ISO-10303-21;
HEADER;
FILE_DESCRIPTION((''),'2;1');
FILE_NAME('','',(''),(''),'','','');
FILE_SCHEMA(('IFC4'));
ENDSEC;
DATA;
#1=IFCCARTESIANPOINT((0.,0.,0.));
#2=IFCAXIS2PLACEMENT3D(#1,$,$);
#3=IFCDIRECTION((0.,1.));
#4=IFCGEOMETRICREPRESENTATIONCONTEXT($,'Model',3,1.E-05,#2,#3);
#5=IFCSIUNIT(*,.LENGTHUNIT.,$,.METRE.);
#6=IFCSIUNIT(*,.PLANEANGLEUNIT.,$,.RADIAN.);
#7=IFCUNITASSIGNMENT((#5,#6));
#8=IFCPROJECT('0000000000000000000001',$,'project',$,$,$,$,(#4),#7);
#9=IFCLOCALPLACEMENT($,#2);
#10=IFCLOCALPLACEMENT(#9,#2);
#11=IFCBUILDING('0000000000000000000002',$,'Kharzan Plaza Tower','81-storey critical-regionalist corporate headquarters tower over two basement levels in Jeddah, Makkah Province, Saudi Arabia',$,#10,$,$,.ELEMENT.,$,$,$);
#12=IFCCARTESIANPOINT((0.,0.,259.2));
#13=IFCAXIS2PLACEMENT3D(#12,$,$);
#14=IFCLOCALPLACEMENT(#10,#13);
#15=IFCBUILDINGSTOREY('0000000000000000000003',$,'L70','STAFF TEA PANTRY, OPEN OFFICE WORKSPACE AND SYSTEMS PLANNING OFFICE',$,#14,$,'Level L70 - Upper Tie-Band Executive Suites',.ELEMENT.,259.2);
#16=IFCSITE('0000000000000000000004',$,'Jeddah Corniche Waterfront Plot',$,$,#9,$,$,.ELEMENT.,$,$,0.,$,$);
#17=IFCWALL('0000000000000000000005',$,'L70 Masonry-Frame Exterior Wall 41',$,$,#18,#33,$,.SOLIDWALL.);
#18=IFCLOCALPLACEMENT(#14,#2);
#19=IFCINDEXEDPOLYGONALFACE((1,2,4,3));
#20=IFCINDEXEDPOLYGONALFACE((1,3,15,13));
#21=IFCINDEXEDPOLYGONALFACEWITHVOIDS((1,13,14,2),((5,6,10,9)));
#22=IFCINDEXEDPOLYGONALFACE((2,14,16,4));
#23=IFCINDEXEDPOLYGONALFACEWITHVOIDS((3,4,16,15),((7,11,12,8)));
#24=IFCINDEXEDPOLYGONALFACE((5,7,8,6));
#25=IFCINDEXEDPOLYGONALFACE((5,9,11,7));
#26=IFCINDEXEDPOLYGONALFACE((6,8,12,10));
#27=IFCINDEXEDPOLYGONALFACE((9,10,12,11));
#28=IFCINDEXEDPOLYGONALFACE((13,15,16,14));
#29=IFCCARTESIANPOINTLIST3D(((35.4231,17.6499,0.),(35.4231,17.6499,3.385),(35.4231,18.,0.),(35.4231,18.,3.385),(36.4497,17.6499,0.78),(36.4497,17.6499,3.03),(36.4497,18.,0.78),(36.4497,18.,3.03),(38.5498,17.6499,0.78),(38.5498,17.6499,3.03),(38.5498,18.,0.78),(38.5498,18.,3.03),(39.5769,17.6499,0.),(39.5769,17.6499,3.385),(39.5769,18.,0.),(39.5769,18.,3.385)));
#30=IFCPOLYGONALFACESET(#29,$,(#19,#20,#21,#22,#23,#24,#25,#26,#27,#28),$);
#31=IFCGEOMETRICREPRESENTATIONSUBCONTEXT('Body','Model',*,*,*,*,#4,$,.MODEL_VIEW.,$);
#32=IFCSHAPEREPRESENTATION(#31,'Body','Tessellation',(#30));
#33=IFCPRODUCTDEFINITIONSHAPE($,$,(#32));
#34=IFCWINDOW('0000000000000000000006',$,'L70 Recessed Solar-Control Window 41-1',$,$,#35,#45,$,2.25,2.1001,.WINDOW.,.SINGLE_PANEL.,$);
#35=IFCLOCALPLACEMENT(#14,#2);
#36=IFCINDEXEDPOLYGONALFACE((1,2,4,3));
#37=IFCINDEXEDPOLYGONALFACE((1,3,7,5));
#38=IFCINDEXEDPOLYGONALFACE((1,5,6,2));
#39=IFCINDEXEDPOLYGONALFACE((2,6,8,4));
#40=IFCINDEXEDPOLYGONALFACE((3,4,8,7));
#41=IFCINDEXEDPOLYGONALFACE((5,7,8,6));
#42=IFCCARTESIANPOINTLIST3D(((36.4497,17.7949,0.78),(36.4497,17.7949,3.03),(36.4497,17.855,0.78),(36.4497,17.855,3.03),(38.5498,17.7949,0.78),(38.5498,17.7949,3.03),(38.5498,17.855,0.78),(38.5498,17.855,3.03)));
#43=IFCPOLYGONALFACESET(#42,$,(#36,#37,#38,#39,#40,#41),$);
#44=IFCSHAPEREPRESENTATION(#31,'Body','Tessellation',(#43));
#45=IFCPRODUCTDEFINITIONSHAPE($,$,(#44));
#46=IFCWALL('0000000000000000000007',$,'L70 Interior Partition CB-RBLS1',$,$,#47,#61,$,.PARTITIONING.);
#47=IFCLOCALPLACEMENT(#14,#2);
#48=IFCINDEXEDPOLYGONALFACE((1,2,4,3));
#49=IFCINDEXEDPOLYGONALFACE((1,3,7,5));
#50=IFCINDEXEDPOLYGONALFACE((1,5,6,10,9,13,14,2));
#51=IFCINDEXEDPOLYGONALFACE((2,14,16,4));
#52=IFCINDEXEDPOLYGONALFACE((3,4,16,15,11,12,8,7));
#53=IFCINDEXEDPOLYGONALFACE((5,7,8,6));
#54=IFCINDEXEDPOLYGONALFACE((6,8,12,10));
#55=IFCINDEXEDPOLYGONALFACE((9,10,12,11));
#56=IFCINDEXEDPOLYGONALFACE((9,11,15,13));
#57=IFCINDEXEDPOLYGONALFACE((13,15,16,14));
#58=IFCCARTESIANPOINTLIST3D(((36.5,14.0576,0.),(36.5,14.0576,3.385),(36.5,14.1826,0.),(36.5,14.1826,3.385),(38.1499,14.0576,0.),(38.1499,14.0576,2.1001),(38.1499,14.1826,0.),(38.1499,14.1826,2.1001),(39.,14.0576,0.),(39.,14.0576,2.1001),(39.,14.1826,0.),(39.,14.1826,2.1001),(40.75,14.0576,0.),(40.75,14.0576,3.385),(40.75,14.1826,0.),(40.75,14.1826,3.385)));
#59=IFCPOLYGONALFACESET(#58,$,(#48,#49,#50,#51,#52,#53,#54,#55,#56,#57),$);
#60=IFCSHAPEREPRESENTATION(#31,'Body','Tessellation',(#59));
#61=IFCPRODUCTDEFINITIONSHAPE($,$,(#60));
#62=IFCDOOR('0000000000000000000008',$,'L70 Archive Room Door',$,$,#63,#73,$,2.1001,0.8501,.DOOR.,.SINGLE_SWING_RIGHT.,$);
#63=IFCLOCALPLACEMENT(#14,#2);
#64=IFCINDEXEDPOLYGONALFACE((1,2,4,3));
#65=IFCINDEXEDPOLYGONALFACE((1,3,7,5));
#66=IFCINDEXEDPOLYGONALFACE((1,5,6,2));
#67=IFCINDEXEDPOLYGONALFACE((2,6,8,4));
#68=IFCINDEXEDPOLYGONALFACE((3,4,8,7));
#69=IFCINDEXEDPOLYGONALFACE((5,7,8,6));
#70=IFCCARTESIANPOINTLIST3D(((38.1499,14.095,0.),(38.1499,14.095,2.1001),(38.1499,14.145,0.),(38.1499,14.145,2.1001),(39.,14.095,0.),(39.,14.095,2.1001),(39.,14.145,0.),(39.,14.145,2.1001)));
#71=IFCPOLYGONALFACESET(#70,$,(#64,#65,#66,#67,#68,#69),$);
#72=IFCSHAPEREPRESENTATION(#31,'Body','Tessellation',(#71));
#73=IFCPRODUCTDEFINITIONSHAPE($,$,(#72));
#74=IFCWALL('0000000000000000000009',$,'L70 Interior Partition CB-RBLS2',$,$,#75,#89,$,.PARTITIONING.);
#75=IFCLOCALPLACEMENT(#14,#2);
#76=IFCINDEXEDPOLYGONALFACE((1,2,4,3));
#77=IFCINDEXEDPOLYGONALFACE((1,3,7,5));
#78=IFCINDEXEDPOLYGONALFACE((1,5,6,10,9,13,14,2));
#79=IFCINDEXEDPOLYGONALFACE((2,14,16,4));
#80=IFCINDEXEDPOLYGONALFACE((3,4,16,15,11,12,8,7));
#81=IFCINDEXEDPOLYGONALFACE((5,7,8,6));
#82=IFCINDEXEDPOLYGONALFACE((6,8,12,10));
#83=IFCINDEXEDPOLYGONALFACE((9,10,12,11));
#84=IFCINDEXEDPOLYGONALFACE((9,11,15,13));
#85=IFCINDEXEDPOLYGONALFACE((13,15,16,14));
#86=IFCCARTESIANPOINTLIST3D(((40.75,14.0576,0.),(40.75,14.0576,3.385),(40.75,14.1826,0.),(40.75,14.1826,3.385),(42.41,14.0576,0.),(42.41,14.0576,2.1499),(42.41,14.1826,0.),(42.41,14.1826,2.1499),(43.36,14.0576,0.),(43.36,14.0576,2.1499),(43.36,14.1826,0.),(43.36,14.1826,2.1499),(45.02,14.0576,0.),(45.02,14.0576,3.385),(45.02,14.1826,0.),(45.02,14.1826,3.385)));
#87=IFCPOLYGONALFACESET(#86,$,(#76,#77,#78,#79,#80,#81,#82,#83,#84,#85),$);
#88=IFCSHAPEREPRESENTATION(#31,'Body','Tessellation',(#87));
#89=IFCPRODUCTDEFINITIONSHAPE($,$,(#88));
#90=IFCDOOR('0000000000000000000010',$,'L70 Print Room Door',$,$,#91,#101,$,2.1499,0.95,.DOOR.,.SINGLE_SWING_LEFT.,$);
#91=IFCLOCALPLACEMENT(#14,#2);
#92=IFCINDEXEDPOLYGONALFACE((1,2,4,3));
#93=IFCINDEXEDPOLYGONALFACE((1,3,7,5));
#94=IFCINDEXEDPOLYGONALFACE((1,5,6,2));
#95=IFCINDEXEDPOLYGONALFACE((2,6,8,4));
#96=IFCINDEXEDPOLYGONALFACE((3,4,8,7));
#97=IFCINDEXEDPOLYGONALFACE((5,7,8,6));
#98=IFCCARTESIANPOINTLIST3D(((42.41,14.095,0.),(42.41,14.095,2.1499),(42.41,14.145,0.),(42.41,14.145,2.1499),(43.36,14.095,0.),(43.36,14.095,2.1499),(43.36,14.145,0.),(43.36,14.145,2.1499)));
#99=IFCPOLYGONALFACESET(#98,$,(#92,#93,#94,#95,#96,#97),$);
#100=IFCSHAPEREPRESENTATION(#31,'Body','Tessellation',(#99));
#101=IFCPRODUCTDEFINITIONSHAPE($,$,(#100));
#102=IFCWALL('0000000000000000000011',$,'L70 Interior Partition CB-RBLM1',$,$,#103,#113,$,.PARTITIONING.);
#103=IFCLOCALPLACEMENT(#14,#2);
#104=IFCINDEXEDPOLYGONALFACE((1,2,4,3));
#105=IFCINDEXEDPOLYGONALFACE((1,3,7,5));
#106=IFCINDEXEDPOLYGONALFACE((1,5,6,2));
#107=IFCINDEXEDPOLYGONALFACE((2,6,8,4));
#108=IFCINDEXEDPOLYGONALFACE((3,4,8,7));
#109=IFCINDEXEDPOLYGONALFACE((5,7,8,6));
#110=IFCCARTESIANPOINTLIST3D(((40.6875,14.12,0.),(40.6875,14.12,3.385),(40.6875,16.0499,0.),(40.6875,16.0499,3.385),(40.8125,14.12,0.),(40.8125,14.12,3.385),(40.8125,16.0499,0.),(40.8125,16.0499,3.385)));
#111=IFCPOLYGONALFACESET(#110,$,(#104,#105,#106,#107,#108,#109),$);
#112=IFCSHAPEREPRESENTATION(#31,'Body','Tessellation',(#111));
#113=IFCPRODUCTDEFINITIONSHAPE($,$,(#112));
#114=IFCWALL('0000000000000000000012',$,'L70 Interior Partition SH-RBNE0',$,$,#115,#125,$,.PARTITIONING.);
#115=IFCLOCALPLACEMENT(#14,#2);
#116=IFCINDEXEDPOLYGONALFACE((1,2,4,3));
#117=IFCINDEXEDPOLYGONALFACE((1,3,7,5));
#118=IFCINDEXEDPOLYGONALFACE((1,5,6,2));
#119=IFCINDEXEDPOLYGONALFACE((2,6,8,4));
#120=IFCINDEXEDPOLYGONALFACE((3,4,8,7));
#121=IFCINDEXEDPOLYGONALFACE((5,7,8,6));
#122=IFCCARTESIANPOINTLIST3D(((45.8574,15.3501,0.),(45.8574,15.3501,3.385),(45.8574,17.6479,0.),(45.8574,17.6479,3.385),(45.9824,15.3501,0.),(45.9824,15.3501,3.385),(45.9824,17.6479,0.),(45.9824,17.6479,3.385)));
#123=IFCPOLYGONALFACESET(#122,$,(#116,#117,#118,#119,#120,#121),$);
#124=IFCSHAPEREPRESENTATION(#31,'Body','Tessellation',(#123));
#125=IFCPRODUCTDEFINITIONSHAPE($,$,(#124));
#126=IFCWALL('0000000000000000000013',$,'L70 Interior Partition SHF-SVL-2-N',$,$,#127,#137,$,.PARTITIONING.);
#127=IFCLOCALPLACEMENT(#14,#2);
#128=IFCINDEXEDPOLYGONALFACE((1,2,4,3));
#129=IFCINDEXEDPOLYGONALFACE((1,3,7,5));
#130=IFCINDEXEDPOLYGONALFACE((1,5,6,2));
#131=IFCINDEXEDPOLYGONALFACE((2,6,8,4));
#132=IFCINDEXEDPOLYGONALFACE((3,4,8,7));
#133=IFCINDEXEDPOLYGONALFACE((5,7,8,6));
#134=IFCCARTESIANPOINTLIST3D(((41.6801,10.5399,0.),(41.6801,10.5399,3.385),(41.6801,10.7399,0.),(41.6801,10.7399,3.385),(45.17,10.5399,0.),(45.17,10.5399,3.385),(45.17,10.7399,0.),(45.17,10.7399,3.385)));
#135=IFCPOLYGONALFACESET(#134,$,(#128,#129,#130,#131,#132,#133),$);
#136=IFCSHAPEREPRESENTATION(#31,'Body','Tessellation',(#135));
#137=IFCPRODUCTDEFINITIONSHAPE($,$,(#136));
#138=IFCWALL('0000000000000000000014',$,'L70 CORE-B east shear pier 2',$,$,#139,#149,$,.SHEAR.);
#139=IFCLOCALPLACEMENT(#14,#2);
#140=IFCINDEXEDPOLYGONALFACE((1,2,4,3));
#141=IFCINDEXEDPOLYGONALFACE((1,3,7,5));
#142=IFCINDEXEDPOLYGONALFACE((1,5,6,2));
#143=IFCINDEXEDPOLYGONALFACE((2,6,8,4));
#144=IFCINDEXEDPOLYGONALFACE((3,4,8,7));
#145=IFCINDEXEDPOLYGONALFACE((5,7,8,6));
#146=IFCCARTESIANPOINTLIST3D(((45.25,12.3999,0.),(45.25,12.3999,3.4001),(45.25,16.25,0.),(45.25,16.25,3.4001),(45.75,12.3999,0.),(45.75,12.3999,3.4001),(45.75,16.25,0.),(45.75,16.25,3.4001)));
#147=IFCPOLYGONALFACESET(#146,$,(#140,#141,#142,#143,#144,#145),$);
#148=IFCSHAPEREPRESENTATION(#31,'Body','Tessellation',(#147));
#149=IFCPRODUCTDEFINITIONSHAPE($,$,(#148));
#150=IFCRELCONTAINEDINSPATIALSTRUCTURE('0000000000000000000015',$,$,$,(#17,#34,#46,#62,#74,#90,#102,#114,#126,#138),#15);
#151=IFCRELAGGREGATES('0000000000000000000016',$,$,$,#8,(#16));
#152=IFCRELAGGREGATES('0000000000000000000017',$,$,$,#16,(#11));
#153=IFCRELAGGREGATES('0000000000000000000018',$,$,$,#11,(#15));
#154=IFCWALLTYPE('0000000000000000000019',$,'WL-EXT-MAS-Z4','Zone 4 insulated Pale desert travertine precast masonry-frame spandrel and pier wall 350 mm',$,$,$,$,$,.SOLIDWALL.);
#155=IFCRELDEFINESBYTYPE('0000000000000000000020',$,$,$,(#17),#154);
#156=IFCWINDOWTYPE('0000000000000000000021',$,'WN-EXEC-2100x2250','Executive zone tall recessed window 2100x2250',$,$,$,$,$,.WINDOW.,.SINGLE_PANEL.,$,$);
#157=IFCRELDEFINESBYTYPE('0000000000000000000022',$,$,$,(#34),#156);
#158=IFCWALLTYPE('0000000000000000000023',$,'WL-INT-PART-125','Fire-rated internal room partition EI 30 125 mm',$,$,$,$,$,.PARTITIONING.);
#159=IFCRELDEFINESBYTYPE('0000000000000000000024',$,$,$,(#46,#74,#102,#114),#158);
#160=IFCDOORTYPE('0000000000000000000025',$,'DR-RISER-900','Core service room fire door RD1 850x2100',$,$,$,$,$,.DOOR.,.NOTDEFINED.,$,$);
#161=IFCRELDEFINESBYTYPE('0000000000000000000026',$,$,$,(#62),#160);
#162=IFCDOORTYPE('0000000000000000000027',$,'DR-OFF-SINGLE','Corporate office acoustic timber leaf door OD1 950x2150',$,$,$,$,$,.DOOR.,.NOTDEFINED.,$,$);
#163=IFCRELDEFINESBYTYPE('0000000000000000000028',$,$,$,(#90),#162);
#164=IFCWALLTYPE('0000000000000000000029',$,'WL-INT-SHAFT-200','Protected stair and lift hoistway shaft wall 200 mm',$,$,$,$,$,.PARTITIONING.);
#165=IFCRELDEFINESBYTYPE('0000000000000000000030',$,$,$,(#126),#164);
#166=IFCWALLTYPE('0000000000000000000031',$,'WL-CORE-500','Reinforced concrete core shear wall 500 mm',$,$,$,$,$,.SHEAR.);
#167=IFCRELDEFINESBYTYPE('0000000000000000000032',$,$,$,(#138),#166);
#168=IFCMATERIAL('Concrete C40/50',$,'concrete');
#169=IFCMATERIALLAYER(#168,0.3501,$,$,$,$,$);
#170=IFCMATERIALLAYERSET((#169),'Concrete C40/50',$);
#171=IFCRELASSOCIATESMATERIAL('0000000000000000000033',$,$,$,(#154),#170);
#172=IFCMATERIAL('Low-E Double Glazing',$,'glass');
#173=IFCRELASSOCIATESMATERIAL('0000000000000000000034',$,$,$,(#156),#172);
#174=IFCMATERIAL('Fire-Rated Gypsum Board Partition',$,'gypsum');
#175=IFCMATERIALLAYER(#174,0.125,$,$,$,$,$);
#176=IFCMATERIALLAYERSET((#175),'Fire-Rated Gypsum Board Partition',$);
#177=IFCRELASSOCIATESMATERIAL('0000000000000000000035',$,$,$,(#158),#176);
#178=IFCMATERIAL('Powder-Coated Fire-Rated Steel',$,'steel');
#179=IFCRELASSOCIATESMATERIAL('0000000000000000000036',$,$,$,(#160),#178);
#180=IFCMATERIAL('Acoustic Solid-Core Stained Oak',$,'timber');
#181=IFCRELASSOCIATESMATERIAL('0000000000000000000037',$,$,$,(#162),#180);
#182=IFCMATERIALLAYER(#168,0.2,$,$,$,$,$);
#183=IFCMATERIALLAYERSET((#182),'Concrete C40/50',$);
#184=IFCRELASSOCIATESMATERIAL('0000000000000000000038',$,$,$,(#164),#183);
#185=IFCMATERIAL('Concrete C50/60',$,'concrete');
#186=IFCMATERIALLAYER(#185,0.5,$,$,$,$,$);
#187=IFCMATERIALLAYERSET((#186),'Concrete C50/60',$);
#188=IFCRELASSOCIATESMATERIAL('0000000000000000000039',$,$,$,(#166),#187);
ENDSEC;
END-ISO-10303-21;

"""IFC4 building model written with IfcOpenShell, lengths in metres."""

from ifc_helpers import new_model, si_unit, direction, frame, frame_2d, origin, place, context, subcontext, project, spatial, rectangle, extrude, source, transform, mapped, material, layer, layer_set, type_object, element, fill, save


model = new_model("IFC4")

# Units and contexts
model_context = context("Model", 3, precision=1e-05, world=origin(), true_north=direction((0.0, 1.0)))
body_context = subcontext(model_context, "Body", "Model", "MODEL_VIEW")
ifc_project = project(units=[si_unit("LENGTHUNIT", "METRE"), si_unit("PLANEANGLEUNIT", "RADIAN")], contexts=[model_context])

# Site, building, storey
site_placement = place(None, origin())
site = spatial("IfcSite", under=ifc_project, at=site_placement, Name="Jeddah Corniche Waterfront Plot", CompositionType="ELEMENT", RefElevation=0.0)
building_placement = place(site_placement, origin())
building = spatial("IfcBuilding", under=site, at=building_placement, Name="Kharzan Plaza Tower", Description="81-storey critical-regionalist corporate headquarters tower over two basement levels in Jeddah, Makkah Province, Saudi Arabia", CompositionType="ELEMENT")
storey_placement = place(building_placement, frame((0.0, 0.0, 259.2)))
storey = spatial("IfcBuildingStorey", under=building, at=storey_placement, Name="L70", Description="STAFF TEA PANTRY, OPEN OFFICE WORKSPACE AND SYSTEMS PLANNING OFFICE", LongName="Level L70 - Upper Tie-Band Executive Suites", CompositionType="ELEMENT", Elevation=259.2)

# Shared definitions
ifc_material_1 = material(Name="Concrete C50/60", Category="concrete")

# Wall, opening, window
ifc_material_2 = material(Name="Concrete C40/50", Category="concrete")
ifc_layer_1 = layer(ifc_material_2, 0.3501)
ifc_layer_set_1 = layer_set([ifc_layer_1], Name="Concrete C40/50")
wall_type_1 = type_object("IfcWallType", Name="WL-EXT-MAS-Z4", Description="Zone 4 insulated Pale desert travertine precast masonry-frame spandrel and pier wall 350 mm", PredefinedType="SOLIDWALL", material=ifc_layer_set_1)
ifc_material_3 = material(Name="Low-E Double Glazing", Category="glass")
window_type_1 = type_object("IfcWindowType", Name="WN-EXEC-2100x2250", Description="Executive zone tall recessed window 2100x2250", PartitioningType="SINGLE_PANEL", PredefinedType="WINDOW", material=ifc_material_3)
shared_shape_1 = source(origin(), body_context, "Body", "SweptSolid", [
    extrude(rectangle(XDim=2.1001, YDim=2.25, at=frame_2d((1.05, 1.125))), frame((0.0, 0.03, 0.0), z_axis=(0.0, -1.0, 0.0), x_axis=(1.0, 0.0, 0.0)), (0.0, 0.0, 1.0), 0.0601),
])
wall_1_placement = place(storey_placement, frame((39.5769, 17.825, 0.0), z_axis=(0.0, 0.0, 1.0), x_axis=(-1.0, 0.0, 0.0)))
wall_1 = element("IfcWall", 1, at=wall_1_placement, inside=storey, type_object=wall_type_1, Name="L70 Masonry-Frame Exterior Wall 41", PredefinedType="SOLIDWALL", context=body_context, shape_type="SweptSolid", body=[
    extrude(rectangle(XDim=4.1538, YDim=0.3501, at=frame_2d((2.0769, 0.0))), origin(), (0.0, 0.0, 1.0), 3.385),
])
opening_1_placement = place(wall_1_placement, frame((1.0271, 0.0, 0.78)))
opening_1 = element("IfcOpeningElement", 2, at=opening_1_placement, cuts=wall_1, PredefinedType="OPENING", context=body_context, shape_type="SweptSolid", body=[
    extrude(rectangle(XDim=2.1001, YDim=2.25, at=frame_2d((1.05, 1.125))), frame((0.0, 0.1851, 0.0), z_axis=(0.0, -1.0, 0.0), x_axis=(1.0, 0.0, 0.0)), (0.0, 0.0, 1.0), 0.3701),
])
window_1_placement = place(opening_1_placement, origin())
window_1 = element("IfcWindow", 3, at=window_1_placement, inside=storey, type_object=window_type_1, Name="L70 Recessed Solar-Control Window 41-1", OverallHeight=2.25, OverallWidth=2.1001, PartitioningType="SINGLE_PANEL", PredefinedType="WINDOW", context=body_context, shape_type="MappedRepresentation", body=[
    mapped(shared_shape_1, transform((0.0, 0.0, 0.0), x_axis=(1.0, 0.0, 0.0), y_axis=(0.0, 1.0, 0.0), z_axis=(0.0, 0.0, 1.0))),
])
fill(opening_1, window_1)

# Walls, openings, doors
ifc_material_4 = material(Name="Fire-Rated Gypsum Board Partition", Category="gypsum")
ifc_layer_2 = layer(ifc_material_4, 0.125)
ifc_layer_set_2 = layer_set([ifc_layer_2], Name="Fire-Rated Gypsum Board Partition")
wall_type_2 = type_object("IfcWallType", Name="WL-INT-PART-125", Description="Fire-rated internal room partition EI 30 125 mm", PredefinedType="PARTITIONING", material=ifc_layer_set_2)
wall_2_placement = place(storey_placement, frame((36.5, 14.1201, 0.0), z_axis=(0.0, 0.0, 1.0), x_axis=(1.0, 0.0, 0.0)))
wall_2 = element("IfcWall", 4, at=wall_2_placement, inside=storey, type_object=wall_type_2, Name="L70 Interior Partition CB-RBLS1", PredefinedType="PARTITIONING", context=body_context, shape_type="SweptSolid", body=[
    extrude(rectangle(XDim=4.25, YDim=0.125, at=frame_2d((2.125, 0.0))), origin(), (0.0, 0.0, 1.0), 3.385),
])
opening_2_placement = place(wall_2_placement, frame((1.6499, 0.0, 0.0)))
opening_2 = element("IfcOpeningElement", 5, at=opening_2_placement, cuts=wall_2, PredefinedType="OPENING", context=body_context, shape_type="SweptSolid", body=[
    extrude(rectangle(XDim=0.8501, YDim=2.1001, at=frame_2d((0.425, 1.05))), frame((0.0, 0.0725, 0.0), z_axis=(0.0, -1.0, 0.0), x_axis=(1.0, 0.0, 0.0)), (0.0, 0.0, 1.0), 0.145),
])
ifc_material_5 = material(Name="Powder-Coated Fire-Rated Steel", Category="steel")
door_type_1 = type_object("IfcDoorType", Name="DR-RISER-900", Description="Core service room fire door RD1 850x2100", OperationType="NOTDEFINED", PredefinedType="DOOR", material=ifc_material_5)
shared_shape_2 = source(origin(), body_context, "Body", "SweptSolid", [
    extrude(rectangle(XDim=0.8501, YDim=2.1001, at=frame_2d((0.425, 1.05))), frame((0.0, 0.0249, 0.0), z_axis=(0.0, -1.0, 0.0), x_axis=(1.0, 0.0, 0.0)), (0.0, 0.0, 1.0), 0.05),
])
door_1_placement = place(opening_2_placement, origin())
door_1 = element("IfcDoor", 6, at=door_1_placement, inside=storey, type_object=door_type_1, Name="L70 Archive Room Door", OperationType="SINGLE_SWING_RIGHT", OverallHeight=2.1001, OverallWidth=0.8501, PredefinedType="DOOR", context=body_context, shape_type="MappedRepresentation", body=[
    mapped(shared_shape_2, transform((0.0, 0.0, 0.0), x_axis=(1.0, 0.0, 0.0), y_axis=(0.0, 1.0, 0.0), z_axis=(0.0, 0.0, 1.0))),
])
fill(opening_2, door_1)
wall_3_placement = place(storey_placement, frame((40.75, 14.1201, 0.0), z_axis=(0.0, 0.0, 1.0), x_axis=(1.0, 0.0, 0.0)))
wall_3 = element("IfcWall", 7, at=wall_3_placement, inside=storey, type_object=wall_type_2, Name="L70 Interior Partition CB-RBLS2", PredefinedType="PARTITIONING", context=body_context, shape_type="SweptSolid", body=[
    extrude(rectangle(XDim=4.27, YDim=0.125, at=frame_2d((2.135, 0.0))), origin(), (0.0, 0.0, 1.0), 3.385),
])
opening_3_placement = place(wall_3_placement, frame((1.6599, 0.0, 0.0)))
opening_3 = element("IfcOpeningElement", 8, at=opening_3_placement, cuts=wall_3, PredefinedType="OPENING", context=body_context, shape_type="SweptSolid", body=[
    extrude(rectangle(XDim=0.95, YDim=2.1499, at=frame_2d((0.4751, 1.075))), frame((0.0, 0.0725, 0.0), z_axis=(0.0, -1.0, 0.0), x_axis=(1.0, 0.0, 0.0)), (0.0, 0.0, 1.0), 0.145),
])
ifc_material_6 = material(Name="Acoustic Solid-Core Stained Oak", Category="timber")
door_type_2 = type_object("IfcDoorType", Name="DR-OFF-SINGLE", Description="Corporate office acoustic timber leaf door OD1 950x2150", OperationType="NOTDEFINED", PredefinedType="DOOR", material=ifc_material_6)
shared_shape_3 = source(origin(), body_context, "Body", "SweptSolid", [
    extrude(rectangle(XDim=0.95, YDim=2.1499, at=frame_2d((0.4751, 1.075))), frame((0.0, 0.0249, 0.0), z_axis=(0.0, -1.0, 0.0), x_axis=(1.0, 0.0, 0.0)), (0.0, 0.0, 1.0), 0.05),
])
door_2_placement = place(opening_3_placement, origin())
door_2 = element("IfcDoor", 9, at=door_2_placement, inside=storey, type_object=door_type_2, Name="L70 Print Room Door", OperationType="SINGLE_SWING_LEFT", OverallHeight=2.1499, OverallWidth=0.95, PredefinedType="DOOR", context=body_context, shape_type="MappedRepresentation", body=[
    mapped(shared_shape_3, transform((0.0, 0.0, 0.0), x_axis=(1.0, 0.0, 0.0), y_axis=(0.0, 1.0, 0.0), z_axis=(0.0, 0.0, 1.0))),
])
fill(opening_3, door_2)

# Walls
shared_shape_4 = source(origin(), body_context, "Body", "SweptSolid", [
    extrude(rectangle(XDim=1.9299, YDim=0.125, at=frame_2d((0.9648, 0.0))), origin(), (0.0, 0.0, 1.0), 3.385),
])
wall_4_placement = place(storey_placement, frame((40.75, 14.1201, 0.0), z_axis=(0.0, 0.0, 1.0), x_axis=(0.0, 1.0, 0.0)))
element("IfcWall", 10, at=wall_4_placement, inside=storey, type_object=wall_type_2, Name="L70 Interior Partition CB-RBLM1", PredefinedType="PARTITIONING", context=body_context, shape_type="MappedRepresentation", body=[
    mapped(shared_shape_4, transform((0.0, 0.0, 0.0), x_axis=(1.0, 0.0, 0.0), y_axis=(0.0, 1.0, 0.0), z_axis=(0.0, 0.0, 1.0))),
])
shared_shape_5 = source(origin(), body_context, "Body", "SweptSolid", [
    extrude(rectangle(XDim=2.2979, YDim=0.125, at=frame_2d((1.1489, 0.0))), origin(), (0.0, 0.0, 1.0), 3.385),
])
wall_5_placement = place(storey_placement, frame((45.9199, 15.3501, 0.0), z_axis=(0.0, 0.0, 1.0), x_axis=(0.0, 1.0, 0.0)))
element("IfcWall", 11, at=wall_5_placement, inside=storey, type_object=wall_type_2, Name="L70 Interior Partition SH-RBNE0", PredefinedType="PARTITIONING", context=body_context, shape_type="MappedRepresentation", body=[
    mapped(shared_shape_5, transform((0.0, 0.0, 0.0), x_axis=(1.0, 0.0, 0.0), y_axis=(0.0, 1.0, 0.0), z_axis=(0.0, 0.0, 1.0))),
])
ifc_layer_3 = layer(ifc_material_2, 0.2)
ifc_layer_set_3 = layer_set([ifc_layer_3], Name="Concrete C40/50")
wall_type_3 = type_object("IfcWallType", Name="WL-INT-SHAFT-200", Description="Protected stair and lift hoistway shaft wall 200 mm", PredefinedType="PARTITIONING", material=ifc_layer_set_3)
shared_shape_6 = source(origin(), body_context, "Body", "SweptSolid", [
    extrude(rectangle(XDim=3.49, YDim=0.2, at=frame_2d((1.7451, 0.0))), origin(), (0.0, 0.0, 1.0), 3.385),
])
wall_6_placement = place(storey_placement, frame((41.6799, 10.6399, 0.0), z_axis=(0.0, 0.0, 1.0), x_axis=(1.0, 0.0, 0.0)))
element("IfcWall", 12, at=wall_6_placement, inside=storey, type_object=wall_type_3, Name="L70 Interior Partition SHF-SVL-2-N", PredefinedType="PARTITIONING", context=body_context, shape_type="MappedRepresentation", body=[
    mapped(shared_shape_6, transform((0.0, 0.0, 0.0), x_axis=(1.0, 0.0, 0.0), y_axis=(0.0, 1.0, 0.0), z_axis=(0.0, 0.0, 1.0))),
])
ifc_layer_4 = layer(ifc_material_1, 0.5)
ifc_layer_set_4 = layer_set([ifc_layer_4], Name="Concrete C50/60")
wall_type_4 = type_object("IfcWallType", Name="WL-CORE-500", Description="Reinforced concrete core shear wall 500 mm", PredefinedType="SHEAR", material=ifc_layer_set_4)
shared_shape_7 = source(origin(), body_context, "Body", "SweptSolid", [
    extrude(rectangle(XDim=3.8501, YDim=0.5, at=frame_2d((1.925, 0.0))), origin(), (0.0, 0.0, 1.0), 3.4001),
])
wall_7_placement = place(storey_placement, frame((45.5, 12.3999, 0.0), z_axis=(0.0, 0.0, 1.0), x_axis=(0.0, 1.0, 0.0)))
element("IfcWall", 13, at=wall_7_placement, inside=storey, type_object=wall_type_4, Name="L70 CORE-B east shear pier 2", PredefinedType="SHEAR", context=body_context, shape_type="MappedRepresentation", body=[
    mapped(shared_shape_7, transform((0.0, 0.0, 0.0), x_axis=(1.0, 0.0, 0.0), y_axis=(0.0, 1.0, 0.0), z_axis=(0.0, 0.0, 1.0))),
])

save(model, "model.ifc")
